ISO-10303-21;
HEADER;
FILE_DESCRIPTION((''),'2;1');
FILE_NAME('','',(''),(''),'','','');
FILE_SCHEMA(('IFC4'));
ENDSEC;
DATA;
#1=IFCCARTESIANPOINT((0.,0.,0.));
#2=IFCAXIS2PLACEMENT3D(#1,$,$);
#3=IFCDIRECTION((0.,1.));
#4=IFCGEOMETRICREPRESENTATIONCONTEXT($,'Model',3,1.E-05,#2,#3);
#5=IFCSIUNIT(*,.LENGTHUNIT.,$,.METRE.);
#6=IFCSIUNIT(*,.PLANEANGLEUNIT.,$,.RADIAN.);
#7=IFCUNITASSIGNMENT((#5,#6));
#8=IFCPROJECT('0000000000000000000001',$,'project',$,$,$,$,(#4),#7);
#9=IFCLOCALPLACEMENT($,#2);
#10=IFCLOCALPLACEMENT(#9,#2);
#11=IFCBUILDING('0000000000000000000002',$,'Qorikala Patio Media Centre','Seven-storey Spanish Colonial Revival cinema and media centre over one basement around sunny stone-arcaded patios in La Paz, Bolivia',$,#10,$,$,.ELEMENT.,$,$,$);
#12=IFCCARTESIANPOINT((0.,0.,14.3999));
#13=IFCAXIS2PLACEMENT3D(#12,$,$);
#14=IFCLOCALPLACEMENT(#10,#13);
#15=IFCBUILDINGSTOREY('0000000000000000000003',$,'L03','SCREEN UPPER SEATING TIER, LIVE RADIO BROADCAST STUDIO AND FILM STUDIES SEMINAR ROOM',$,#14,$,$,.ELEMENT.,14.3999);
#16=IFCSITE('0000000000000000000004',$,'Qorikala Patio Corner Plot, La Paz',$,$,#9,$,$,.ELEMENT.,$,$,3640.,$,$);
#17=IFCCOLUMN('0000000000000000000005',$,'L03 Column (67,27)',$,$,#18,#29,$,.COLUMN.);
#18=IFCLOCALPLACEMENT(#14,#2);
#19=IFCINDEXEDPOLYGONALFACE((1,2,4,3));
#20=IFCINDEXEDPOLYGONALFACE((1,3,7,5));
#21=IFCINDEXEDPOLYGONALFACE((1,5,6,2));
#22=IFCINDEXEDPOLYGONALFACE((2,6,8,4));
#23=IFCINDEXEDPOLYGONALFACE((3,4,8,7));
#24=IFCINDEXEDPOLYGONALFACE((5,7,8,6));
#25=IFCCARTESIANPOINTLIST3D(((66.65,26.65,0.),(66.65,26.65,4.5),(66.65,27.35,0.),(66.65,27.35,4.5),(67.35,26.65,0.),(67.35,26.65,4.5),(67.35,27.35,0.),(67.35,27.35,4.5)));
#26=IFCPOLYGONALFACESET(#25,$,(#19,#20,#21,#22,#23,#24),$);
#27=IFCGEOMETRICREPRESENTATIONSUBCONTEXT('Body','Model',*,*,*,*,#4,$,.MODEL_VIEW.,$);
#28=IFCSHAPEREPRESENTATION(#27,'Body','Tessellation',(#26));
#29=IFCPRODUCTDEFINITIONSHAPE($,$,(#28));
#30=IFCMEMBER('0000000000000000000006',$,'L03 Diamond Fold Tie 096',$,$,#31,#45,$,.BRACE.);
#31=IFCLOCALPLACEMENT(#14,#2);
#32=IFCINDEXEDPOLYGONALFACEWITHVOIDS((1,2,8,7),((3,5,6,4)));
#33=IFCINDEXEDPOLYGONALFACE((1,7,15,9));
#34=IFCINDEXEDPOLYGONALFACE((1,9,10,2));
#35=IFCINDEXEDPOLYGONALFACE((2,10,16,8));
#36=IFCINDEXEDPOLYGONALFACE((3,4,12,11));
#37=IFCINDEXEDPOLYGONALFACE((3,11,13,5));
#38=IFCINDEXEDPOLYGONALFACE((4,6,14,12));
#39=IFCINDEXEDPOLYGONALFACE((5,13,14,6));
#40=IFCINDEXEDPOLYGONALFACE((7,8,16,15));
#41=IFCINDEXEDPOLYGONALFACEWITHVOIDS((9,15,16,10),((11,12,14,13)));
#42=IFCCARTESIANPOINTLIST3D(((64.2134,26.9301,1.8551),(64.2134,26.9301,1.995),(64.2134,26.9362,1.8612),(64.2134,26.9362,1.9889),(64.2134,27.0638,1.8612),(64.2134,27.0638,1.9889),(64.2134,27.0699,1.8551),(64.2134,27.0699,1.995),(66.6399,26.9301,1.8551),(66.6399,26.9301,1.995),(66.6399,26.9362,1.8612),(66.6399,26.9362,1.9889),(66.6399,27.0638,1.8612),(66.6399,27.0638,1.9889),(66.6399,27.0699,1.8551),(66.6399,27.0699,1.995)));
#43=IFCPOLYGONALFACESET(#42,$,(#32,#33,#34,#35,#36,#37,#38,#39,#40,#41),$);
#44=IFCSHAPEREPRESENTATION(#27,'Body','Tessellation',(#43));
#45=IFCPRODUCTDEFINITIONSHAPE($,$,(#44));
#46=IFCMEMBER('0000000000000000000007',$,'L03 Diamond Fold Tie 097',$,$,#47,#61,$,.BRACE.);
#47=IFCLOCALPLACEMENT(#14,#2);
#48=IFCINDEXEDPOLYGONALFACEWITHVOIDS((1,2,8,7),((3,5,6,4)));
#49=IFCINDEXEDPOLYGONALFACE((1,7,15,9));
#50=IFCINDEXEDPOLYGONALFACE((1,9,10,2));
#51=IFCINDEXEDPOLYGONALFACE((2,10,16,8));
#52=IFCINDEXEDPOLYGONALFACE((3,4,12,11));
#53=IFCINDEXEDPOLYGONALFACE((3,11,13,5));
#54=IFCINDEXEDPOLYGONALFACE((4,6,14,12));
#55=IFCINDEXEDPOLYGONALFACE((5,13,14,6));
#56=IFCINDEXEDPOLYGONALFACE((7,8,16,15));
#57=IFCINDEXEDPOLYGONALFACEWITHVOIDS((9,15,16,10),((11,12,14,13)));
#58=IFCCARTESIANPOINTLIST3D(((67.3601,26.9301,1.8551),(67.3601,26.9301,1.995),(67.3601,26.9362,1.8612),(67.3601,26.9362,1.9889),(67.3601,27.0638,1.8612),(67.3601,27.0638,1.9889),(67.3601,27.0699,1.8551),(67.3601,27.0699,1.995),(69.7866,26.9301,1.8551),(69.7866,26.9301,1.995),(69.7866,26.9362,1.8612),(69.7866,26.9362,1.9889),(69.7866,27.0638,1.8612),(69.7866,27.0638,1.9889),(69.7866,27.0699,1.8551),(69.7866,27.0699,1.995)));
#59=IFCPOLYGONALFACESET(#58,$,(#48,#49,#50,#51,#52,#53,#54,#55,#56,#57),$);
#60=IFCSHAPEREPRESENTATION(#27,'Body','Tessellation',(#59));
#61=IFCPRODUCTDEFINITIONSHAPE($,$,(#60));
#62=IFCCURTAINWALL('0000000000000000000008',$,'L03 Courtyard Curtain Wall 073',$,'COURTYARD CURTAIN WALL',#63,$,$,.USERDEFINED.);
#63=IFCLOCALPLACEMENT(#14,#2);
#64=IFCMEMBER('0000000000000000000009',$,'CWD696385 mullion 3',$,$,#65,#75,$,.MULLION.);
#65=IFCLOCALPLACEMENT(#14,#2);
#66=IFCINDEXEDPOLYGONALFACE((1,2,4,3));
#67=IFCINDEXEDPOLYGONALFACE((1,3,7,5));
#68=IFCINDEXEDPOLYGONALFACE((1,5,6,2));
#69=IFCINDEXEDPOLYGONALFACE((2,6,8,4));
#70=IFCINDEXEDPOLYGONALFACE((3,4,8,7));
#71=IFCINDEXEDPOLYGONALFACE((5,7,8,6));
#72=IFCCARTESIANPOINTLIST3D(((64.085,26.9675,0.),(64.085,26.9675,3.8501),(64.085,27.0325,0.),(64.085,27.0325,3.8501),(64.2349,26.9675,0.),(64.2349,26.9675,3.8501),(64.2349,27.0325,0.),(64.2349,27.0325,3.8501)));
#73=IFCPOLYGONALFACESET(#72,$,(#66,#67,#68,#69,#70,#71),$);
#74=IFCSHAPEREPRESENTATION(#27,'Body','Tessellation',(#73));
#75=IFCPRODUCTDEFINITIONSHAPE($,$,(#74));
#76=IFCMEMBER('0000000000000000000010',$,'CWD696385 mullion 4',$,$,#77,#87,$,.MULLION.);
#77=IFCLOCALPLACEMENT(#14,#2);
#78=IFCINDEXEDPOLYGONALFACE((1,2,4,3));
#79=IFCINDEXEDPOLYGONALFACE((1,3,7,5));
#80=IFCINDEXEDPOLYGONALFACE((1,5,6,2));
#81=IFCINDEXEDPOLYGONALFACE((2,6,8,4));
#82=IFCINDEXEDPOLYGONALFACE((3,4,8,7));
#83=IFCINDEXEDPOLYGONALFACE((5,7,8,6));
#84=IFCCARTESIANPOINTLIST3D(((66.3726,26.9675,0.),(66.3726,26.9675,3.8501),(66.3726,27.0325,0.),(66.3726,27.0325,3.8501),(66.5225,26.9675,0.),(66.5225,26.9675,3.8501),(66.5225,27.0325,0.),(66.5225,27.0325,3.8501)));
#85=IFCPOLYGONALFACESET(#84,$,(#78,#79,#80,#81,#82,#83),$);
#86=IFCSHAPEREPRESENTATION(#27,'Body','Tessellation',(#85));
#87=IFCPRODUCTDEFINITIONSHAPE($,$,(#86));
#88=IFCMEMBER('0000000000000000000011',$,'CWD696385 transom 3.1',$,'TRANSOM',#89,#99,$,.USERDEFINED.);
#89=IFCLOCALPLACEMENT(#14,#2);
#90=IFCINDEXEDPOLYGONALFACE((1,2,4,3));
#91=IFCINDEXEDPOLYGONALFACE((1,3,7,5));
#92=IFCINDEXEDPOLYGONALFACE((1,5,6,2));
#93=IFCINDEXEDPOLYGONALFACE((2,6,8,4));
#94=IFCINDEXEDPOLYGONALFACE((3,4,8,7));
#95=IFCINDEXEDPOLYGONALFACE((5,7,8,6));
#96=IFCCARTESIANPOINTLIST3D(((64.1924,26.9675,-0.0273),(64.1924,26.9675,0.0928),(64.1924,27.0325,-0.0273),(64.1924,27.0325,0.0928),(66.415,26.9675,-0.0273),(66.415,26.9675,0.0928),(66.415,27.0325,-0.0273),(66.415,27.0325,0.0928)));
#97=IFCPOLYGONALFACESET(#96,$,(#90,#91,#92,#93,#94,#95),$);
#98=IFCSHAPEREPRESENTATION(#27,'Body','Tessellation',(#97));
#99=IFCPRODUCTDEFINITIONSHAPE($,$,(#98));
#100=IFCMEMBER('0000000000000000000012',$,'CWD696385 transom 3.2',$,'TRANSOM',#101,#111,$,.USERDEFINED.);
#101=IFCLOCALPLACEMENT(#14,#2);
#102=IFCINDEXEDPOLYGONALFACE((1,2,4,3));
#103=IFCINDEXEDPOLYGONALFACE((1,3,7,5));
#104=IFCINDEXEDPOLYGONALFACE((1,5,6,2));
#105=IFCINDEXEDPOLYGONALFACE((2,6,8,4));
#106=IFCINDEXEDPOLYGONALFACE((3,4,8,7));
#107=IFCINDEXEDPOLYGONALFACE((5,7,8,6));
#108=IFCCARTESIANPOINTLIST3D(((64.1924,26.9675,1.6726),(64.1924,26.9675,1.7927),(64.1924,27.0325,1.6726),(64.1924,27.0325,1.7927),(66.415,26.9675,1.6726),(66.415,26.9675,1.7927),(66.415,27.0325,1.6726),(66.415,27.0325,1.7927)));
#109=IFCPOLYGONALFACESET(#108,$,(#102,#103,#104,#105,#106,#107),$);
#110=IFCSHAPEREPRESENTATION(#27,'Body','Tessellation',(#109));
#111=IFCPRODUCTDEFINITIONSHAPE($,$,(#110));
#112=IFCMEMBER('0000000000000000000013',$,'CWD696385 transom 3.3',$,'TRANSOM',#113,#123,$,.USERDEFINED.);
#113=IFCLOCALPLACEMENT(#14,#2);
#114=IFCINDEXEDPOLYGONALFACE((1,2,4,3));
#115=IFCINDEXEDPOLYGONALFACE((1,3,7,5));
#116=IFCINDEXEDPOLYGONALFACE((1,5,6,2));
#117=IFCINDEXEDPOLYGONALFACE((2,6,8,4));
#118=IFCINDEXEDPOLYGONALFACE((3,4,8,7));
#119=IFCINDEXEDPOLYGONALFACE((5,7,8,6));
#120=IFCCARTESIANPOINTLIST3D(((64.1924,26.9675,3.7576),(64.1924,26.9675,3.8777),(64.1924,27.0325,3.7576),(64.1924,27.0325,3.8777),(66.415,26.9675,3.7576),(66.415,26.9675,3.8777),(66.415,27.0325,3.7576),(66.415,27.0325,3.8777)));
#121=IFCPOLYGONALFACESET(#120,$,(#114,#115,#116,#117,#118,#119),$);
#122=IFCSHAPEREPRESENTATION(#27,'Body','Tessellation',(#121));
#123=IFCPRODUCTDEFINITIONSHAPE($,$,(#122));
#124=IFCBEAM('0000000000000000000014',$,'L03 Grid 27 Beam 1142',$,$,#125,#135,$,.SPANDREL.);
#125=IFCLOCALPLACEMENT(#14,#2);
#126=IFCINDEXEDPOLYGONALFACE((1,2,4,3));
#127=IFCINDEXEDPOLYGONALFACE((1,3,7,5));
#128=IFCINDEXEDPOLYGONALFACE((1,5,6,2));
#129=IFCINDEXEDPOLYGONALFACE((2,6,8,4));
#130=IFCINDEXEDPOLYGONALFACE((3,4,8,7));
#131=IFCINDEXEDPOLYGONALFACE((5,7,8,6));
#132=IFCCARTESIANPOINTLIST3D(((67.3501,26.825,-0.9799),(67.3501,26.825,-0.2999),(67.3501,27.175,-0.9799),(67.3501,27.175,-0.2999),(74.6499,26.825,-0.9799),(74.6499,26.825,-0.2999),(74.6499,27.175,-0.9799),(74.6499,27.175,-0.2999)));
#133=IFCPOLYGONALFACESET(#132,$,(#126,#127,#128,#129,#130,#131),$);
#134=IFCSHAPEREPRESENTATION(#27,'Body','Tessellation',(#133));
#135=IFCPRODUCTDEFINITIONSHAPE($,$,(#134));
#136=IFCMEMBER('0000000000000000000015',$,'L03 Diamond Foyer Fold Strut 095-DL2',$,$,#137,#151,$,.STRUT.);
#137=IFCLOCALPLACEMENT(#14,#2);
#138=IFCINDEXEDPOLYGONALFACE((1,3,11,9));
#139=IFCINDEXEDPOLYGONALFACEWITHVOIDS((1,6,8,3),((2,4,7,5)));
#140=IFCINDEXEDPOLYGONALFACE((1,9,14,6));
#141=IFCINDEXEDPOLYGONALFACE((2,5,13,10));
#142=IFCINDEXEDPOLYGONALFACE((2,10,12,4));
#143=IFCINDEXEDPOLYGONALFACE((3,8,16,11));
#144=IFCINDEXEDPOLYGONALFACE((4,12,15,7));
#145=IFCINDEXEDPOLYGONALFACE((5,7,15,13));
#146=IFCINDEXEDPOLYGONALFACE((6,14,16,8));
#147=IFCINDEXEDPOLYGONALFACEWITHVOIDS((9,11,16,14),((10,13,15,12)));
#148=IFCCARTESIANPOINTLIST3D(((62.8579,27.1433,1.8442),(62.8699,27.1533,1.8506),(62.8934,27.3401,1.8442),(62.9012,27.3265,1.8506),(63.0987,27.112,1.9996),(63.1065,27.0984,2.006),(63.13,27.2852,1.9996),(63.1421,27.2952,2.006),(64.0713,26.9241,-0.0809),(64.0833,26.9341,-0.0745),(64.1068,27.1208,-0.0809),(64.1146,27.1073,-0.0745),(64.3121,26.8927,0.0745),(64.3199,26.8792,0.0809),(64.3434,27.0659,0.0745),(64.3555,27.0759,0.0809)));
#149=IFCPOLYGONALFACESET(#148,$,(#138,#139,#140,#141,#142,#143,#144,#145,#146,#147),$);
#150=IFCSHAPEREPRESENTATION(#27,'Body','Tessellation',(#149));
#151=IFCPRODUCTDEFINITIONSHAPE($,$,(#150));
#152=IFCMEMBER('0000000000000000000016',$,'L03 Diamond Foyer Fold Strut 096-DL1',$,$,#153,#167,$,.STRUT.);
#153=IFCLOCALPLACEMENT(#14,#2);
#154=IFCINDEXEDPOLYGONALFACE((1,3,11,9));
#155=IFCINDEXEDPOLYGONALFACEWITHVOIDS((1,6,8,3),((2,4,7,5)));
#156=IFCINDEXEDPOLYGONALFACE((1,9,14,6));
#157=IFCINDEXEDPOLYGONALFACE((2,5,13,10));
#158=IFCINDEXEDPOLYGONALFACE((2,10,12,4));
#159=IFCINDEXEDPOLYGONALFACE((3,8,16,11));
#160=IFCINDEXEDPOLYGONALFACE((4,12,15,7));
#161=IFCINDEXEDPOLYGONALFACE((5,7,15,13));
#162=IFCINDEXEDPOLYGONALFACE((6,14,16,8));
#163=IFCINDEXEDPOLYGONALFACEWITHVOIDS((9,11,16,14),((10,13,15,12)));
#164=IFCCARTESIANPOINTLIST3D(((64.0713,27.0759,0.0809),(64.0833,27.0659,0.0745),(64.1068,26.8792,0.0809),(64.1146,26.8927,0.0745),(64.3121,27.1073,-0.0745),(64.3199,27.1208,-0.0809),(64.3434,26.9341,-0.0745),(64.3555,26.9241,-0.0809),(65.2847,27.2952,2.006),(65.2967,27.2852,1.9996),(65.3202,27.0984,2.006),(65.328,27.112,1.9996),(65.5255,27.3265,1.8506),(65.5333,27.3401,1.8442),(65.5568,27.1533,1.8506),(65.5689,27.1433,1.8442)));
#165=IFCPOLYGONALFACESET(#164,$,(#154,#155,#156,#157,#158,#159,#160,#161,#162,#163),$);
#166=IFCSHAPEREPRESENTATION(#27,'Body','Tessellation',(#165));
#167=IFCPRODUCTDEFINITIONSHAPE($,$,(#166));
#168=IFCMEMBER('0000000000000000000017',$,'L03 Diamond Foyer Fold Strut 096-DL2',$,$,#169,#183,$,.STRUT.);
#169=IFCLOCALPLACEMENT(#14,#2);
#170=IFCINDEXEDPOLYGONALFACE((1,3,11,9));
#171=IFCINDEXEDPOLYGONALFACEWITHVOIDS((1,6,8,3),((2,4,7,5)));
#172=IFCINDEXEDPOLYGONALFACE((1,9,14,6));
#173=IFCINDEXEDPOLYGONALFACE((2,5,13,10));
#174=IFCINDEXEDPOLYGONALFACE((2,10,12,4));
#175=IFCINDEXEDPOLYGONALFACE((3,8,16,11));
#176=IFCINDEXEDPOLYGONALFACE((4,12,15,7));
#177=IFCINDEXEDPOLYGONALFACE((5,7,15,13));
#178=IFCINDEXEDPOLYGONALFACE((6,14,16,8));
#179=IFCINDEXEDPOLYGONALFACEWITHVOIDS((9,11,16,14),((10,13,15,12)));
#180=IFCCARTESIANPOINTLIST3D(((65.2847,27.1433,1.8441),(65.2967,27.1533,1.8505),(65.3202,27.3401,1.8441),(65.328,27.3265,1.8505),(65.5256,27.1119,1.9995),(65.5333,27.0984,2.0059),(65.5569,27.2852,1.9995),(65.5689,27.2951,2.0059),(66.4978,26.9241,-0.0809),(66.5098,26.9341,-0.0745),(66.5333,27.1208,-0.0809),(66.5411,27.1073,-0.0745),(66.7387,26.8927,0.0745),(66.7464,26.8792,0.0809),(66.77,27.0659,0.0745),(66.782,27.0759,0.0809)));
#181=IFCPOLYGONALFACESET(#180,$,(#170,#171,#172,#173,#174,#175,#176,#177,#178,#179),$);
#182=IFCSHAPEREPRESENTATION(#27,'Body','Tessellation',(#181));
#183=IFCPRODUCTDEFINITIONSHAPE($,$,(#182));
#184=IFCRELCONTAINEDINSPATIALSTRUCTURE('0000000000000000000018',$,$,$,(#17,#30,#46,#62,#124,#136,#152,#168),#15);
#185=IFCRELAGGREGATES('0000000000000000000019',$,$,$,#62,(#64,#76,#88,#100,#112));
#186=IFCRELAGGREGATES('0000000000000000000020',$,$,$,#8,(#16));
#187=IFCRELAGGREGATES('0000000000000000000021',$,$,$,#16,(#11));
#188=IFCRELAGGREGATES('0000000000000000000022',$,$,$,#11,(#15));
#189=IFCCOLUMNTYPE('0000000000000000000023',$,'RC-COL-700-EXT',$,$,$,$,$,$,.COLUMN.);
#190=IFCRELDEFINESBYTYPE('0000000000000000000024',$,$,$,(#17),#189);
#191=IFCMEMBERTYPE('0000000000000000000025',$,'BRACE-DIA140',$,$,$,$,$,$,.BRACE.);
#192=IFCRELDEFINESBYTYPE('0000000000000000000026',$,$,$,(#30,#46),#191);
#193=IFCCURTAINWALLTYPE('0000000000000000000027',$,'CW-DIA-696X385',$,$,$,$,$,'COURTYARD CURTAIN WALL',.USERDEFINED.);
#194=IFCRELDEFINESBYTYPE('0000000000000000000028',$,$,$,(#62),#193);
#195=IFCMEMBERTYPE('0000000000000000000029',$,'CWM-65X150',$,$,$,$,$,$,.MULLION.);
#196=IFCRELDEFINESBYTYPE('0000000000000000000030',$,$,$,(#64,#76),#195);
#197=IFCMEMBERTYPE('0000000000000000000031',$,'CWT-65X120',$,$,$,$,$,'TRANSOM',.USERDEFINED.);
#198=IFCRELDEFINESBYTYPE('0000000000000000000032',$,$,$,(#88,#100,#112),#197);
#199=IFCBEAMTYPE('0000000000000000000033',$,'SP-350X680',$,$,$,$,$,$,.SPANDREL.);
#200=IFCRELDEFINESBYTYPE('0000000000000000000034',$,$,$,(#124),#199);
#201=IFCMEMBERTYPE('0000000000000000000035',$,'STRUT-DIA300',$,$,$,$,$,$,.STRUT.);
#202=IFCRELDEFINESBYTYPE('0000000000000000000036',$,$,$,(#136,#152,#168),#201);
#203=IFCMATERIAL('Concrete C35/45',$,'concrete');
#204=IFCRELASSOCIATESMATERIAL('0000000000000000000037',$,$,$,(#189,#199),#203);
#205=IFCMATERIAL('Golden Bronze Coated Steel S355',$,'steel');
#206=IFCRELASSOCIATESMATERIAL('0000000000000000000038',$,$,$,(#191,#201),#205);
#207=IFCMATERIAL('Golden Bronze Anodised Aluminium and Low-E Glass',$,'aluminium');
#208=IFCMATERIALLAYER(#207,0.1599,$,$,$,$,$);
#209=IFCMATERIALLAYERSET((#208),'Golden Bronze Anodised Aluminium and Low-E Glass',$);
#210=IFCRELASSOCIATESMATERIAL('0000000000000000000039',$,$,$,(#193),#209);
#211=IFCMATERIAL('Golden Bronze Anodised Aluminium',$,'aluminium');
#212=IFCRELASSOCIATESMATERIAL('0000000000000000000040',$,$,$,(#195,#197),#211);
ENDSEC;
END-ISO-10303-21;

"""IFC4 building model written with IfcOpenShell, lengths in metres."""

from ifc_helpers import new_model, si_unit, direction, frame, origin, origin_2d, place, context, subcontext, project, spatial, rectangle, hollow_rectangle, extrude, material, layer, layer_set, material_profile, profile_set, type_object, element, aggregate, save


model = new_model("IFC4")

# Units and contexts
model_context = context("Model", 3, precision=1e-05, world=origin(), true_north=direction((0.0, 1.0)))
body_context = subcontext(model_context, "Body", "Model", "MODEL_VIEW")
ifc_project = project(units=[si_unit("LENGTHUNIT", "METRE"), si_unit("PLANEANGLEUNIT", "RADIAN")], contexts=[model_context])

# Site, building, storey
site_placement = place(None, origin())
site = spatial("IfcSite", under=ifc_project, at=site_placement, Name="Qorikala Patio Corner Plot, La Paz", CompositionType="ELEMENT", RefElevation=3640.0)
building_placement = place(site_placement, origin())
building = spatial("IfcBuilding", under=site, at=building_placement, Name="Qorikala Patio Media Centre", Description="Seven-storey Spanish Colonial Revival cinema and media centre over one basement around sunny stone-arcaded patios in La Paz, Bolivia", CompositionType="ELEMENT")
storey_placement = place(building_placement, frame((0.0, 0.0, 14.3999)))
storey = spatial("IfcBuildingStorey", under=building, at=storey_placement, Name="L03", Description="SCREEN UPPER SEATING TIER, LIVE RADIO BROADCAST STUDIO AND FILM STUDIES SEMINAR ROOM", CompositionType="ELEMENT", Elevation=14.3999)

# Column
ifc_material_1 = material(Name="Concrete C35/45", Category="concrete")
ifc_material_profile_1 = material_profile(ifc_material_1, rectangle(XDim=0.7, YDim=0.7, at=origin_2d()), Name="RC 700x700")
ifc_profile_set_1 = profile_set([ifc_material_profile_1], Name="Concrete C35/45")
column_type = type_object("IfcColumnType", Name="RC-COL-700-EXT", PredefinedType="COLUMN", material=ifc_profile_set_1)
column_placement = place(storey_placement, frame((67.0, 27.0, 0.0), z_axis=(0.0, 0.0, 1.0), x_axis=(1.0, 0.0, 0.0)))
element("IfcColumn", 1, at=column_placement, inside=storey, type_object=column_type, Name="L03 Column (67,27)", PredefinedType="COLUMN", context=body_context, shape_type="SweptSolid", body=[
    extrude(rectangle(XDim=0.7, YDim=0.7, at=origin_2d()), origin(), (0.0, 0.0, 1.0), 4.5),
])

# Members
ifc_material_2 = material(Name="Golden Bronze Coated Steel S355", Category="steel")
ifc_material_profile_2 = material_profile(ifc_material_2, hollow_rectangle(XDim=0.1399, YDim=0.1399, WallThickness=0.0061, at=origin_2d()), Name="HSS140X140X6")
ifc_profile_set_2 = profile_set([ifc_material_profile_2], Name="Golden Bronze Coated Steel S355")
member_type_1 = type_object("IfcMemberType", Name="BRACE-DIA140", PredefinedType="BRACE", material=ifc_profile_set_2)
for number, where, z_axis, x_axis, name in (
    (2, (64.2134, 27.0, 1.925), (1.0, 0.0, 0.0), (0.0, 1.0, 0.0), "L03 Diamond Fold Tie 096"),
    (3, (67.3601, 27.0, 1.925), (1.0, 0.0, 0.0), (0.0, 1.0, 0.0), "L03 Diamond Fold Tie 097"),
):
    element("IfcMember", number, at=place(storey_placement, frame(where, z_axis=z_axis, x_axis=x_axis)), inside=storey, type_object=member_type_1, Name=name, PredefinedType="BRACE", context=body_context, shape_type="SweptSolid", body=[
        extrude(hollow_rectangle(XDim=0.1399, YDim=0.1399, WallThickness=0.0061, at=origin_2d()), origin(), (0.0, 0.0, 1.0), 2.4265),
    ])

# Curtain wall, members
ifc_material_3 = material(Name="Golden Bronze Anodised Aluminium and Low-E Glass", Category="aluminium")
ifc_layer_1 = layer(ifc_material_3, 0.1599)
ifc_layer_set_1 = layer_set([ifc_layer_1], Name="Golden Bronze Anodised Aluminium and Low-E Glass")
curtain_wall_type = type_object("IfcCurtainWallType", Name="CW-DIA-696X385", ElementType="COURTYARD CURTAIN WALL", PredefinedType="USERDEFINED", material=ifc_layer_set_1)
curtain_wall_placement = place(storey_placement, origin())
curtain_wall = element("IfcCurtainWall", 4, at=curtain_wall_placement, inside=storey, type_object=curtain_wall_type, Name="L03 Courtyard Curtain Wall 073", ObjectType="COURTYARD CURTAIN WALL", PredefinedType="USERDEFINED")
ifc_material_4 = material(Name="Golden Bronze Anodised Aluminium", Category="aluminium")
ifc_material_profile_3 = material_profile(ifc_material_4, rectangle(XDim=0.0649, YDim=0.1499, at=origin_2d()), Name="ALU MULLION 65x150")
ifc_profile_set_3 = profile_set([ifc_material_profile_3], Name="Golden Bronze Anodised Aluminium")
member_type_2 = type_object("IfcMemberType", Name="CWM-65X150", PredefinedType="MULLION", material=ifc_profile_set_3)
member_1_placement = place(storey_placement, frame((64.1599, 27.0, 0.0), z_axis=(0.0, 0.0, 1.0), x_axis=(0.0, 1.0, 0.0)))
member_1 = element("IfcMember", 5, at=member_1_placement, type_object=member_type_2, Name="CWD696385 mullion 3", PredefinedType="MULLION", context=body_context, shape_type="SweptSolid", body=[
    extrude(rectangle(XDim=0.0649, YDim=0.1499, at=origin_2d()), origin(), (0.0, 0.0, 1.0), 3.8501),
])
member_2_placement = place(storey_placement, frame((66.4475, 27.0, 0.0), z_axis=(0.0, 0.0, 1.0), x_axis=(0.0, 1.0, 0.0)))
member_2 = element("IfcMember", 6, at=member_2_placement, type_object=member_type_2, Name="CWD696385 mullion 4", PredefinedType="MULLION", context=body_context, shape_type="SweptSolid", body=[
    extrude(rectangle(XDim=0.0649, YDim=0.1499, at=origin_2d()), origin(), (0.0, 0.0, 1.0), 3.8501),
])
ifc_material_profile_4 = material_profile(ifc_material_4, rectangle(XDim=0.0649, YDim=0.1201, at=origin_2d()), Name="ALU TRANSOM 65x120")
ifc_profile_set_4 = profile_set([ifc_material_profile_4], Name="Golden Bronze Anodised Aluminium")
member_type_3 = type_object("IfcMemberType", Name="CWT-65X120", ElementType="TRANSOM", PredefinedType="USERDEFINED", material=ifc_profile_set_4)
member_3_placement = place(storey_placement, frame((64.1924, 27.0, 0.0327), z_axis=(1.0, 0.0, 0.0), x_axis=(0.0, 1.0, 0.0)))
member_3 = element("IfcMember", 7, at=member_3_placement, type_object=member_type_3, Name="CWD696385 transom 3.1", ObjectType="TRANSOM", PredefinedType="USERDEFINED", context=body_context, shape_type="SweptSolid", body=[
    extrude(rectangle(XDim=0.0649, YDim=0.1201, at=origin_2d()), origin(), (0.0, 0.0, 1.0), 2.2227),
])
member_4_placement = place(storey_placement, frame((64.1924, 27.0, 1.7327), z_axis=(1.0, 0.0, 0.0), x_axis=(0.0, 1.0, 0.0)))
member_4 = element("IfcMember", 8, at=member_4_placement, type_object=member_type_3, Name="CWD696385 transom 3.2", ObjectType="TRANSOM", PredefinedType="USERDEFINED", context=body_context, shape_type="SweptSolid", body=[
    extrude(rectangle(XDim=0.0649, YDim=0.1201, at=origin_2d()), origin(), (0.0, 0.0, 1.0), 2.2227),
])
member_5_placement = place(storey_placement, frame((64.1924, 27.0, 3.8176), z_axis=(1.0, 0.0, 0.0), x_axis=(0.0, 1.0, 0.0)))
member_5 = element("IfcMember", 9, at=member_5_placement, type_object=member_type_3, Name="CWD696385 transom 3.3", ObjectType="TRANSOM", PredefinedType="USERDEFINED", context=body_context, shape_type="SweptSolid", body=[
    extrude(rectangle(XDim=0.0649, YDim=0.1201, at=origin_2d()), origin(), (0.0, 0.0, 1.0), 2.2227),
])

# Beam
ifc_material_profile_5 = material_profile(ifc_material_1, rectangle(XDim=0.3501, YDim=0.6799, at=origin_2d()), Name="RC 350x680")
ifc_profile_set_5 = profile_set([ifc_material_profile_5], Name="Concrete C35/45")
beam_type = type_object("IfcBeamType", Name="SP-350X680", PredefinedType="SPANDREL", material=ifc_profile_set_5)
beam_placement = place(storey_placement, frame((67.3501, 27.0, -0.6399), z_axis=(1.0, 0.0, 0.0), x_axis=(0.0, 1.0, 0.0)))
element("IfcBeam", 10, at=beam_placement, inside=storey, type_object=beam_type, Name="L03 Grid 27 Beam 1142", PredefinedType="SPANDREL", context=body_context, shape_type="SweptSolid", body=[
    extrude(rectangle(XDim=0.3501, YDim=0.6799, at=origin_2d()), origin(), (0.0, 0.0, 1.0), 7.2998),
])

# Members
ifc_material_profile_6 = material_profile(ifc_material_2, hollow_rectangle(XDim=0.2, YDim=0.3, WallThickness=0.012, at=origin_2d()), Name="HSS300X200X12")
ifc_profile_set_6 = profile_set([ifc_material_profile_6], Name="Golden Bronze Coated Steel S355")
member_type_4 = type_object("IfcMemberType", Name="STRUT-DIA300", PredefinedType="STRUT", material=ifc_profile_set_6)
for number, where, z_axis, x_axis, name in (
    (11, (64.2134, 27.0, 0.0), (-0.530768, 0.095901, 0.842074), (-0.177805, -0.984066, 0.0), "L03 Diamond Foyer Fold Strut 095-DL2"),
    (12, (64.2134, 27.0, 0.0), (0.530768, 0.095901, 0.842074), (-0.177805, 0.984066, 0.0), "L03 Diamond Foyer Fold Strut 096-DL1"),
):
    element("IfcMember", number, at=place(storey_placement, frame(where, z_axis=z_axis, x_axis=x_axis)), inside=storey, type_object=member_type_4, Name=name, PredefinedType="STRUT", context=body_context, shape_type="SweptSolid", body=[
        extrude(hollow_rectangle(XDim=0.2, YDim=0.3, WallThickness=0.012, at=origin_2d()), origin(), (0.0, 0.0, 1.0), 2.2861),
    ])
for number, where, z_axis, x_axis, name in (
    (13, (66.6399, 27.0, 0.0), (-0.530691, 0.095907, 0.842121), (-0.17784, -0.984059, 0.0), "L03 Diamond Foyer Fold Strut 096-DL2"),
):
    element("IfcMember", number, at=place(storey_placement, frame(where, z_axis=z_axis, x_axis=x_axis)), inside=storey, type_object=member_type_4, Name=name, PredefinedType="STRUT", context=body_context, shape_type="SweptSolid", body=[
        extrude(hollow_rectangle(XDim=0.2, YDim=0.3, WallThickness=0.012, at=origin_2d()), origin(), (0.0, 0.0, 1.0), 2.2859),
    ])

aggregate(curtain_wall, [member_1, member_2, member_3, member_4, member_5])

save(model, "model.ifc")
